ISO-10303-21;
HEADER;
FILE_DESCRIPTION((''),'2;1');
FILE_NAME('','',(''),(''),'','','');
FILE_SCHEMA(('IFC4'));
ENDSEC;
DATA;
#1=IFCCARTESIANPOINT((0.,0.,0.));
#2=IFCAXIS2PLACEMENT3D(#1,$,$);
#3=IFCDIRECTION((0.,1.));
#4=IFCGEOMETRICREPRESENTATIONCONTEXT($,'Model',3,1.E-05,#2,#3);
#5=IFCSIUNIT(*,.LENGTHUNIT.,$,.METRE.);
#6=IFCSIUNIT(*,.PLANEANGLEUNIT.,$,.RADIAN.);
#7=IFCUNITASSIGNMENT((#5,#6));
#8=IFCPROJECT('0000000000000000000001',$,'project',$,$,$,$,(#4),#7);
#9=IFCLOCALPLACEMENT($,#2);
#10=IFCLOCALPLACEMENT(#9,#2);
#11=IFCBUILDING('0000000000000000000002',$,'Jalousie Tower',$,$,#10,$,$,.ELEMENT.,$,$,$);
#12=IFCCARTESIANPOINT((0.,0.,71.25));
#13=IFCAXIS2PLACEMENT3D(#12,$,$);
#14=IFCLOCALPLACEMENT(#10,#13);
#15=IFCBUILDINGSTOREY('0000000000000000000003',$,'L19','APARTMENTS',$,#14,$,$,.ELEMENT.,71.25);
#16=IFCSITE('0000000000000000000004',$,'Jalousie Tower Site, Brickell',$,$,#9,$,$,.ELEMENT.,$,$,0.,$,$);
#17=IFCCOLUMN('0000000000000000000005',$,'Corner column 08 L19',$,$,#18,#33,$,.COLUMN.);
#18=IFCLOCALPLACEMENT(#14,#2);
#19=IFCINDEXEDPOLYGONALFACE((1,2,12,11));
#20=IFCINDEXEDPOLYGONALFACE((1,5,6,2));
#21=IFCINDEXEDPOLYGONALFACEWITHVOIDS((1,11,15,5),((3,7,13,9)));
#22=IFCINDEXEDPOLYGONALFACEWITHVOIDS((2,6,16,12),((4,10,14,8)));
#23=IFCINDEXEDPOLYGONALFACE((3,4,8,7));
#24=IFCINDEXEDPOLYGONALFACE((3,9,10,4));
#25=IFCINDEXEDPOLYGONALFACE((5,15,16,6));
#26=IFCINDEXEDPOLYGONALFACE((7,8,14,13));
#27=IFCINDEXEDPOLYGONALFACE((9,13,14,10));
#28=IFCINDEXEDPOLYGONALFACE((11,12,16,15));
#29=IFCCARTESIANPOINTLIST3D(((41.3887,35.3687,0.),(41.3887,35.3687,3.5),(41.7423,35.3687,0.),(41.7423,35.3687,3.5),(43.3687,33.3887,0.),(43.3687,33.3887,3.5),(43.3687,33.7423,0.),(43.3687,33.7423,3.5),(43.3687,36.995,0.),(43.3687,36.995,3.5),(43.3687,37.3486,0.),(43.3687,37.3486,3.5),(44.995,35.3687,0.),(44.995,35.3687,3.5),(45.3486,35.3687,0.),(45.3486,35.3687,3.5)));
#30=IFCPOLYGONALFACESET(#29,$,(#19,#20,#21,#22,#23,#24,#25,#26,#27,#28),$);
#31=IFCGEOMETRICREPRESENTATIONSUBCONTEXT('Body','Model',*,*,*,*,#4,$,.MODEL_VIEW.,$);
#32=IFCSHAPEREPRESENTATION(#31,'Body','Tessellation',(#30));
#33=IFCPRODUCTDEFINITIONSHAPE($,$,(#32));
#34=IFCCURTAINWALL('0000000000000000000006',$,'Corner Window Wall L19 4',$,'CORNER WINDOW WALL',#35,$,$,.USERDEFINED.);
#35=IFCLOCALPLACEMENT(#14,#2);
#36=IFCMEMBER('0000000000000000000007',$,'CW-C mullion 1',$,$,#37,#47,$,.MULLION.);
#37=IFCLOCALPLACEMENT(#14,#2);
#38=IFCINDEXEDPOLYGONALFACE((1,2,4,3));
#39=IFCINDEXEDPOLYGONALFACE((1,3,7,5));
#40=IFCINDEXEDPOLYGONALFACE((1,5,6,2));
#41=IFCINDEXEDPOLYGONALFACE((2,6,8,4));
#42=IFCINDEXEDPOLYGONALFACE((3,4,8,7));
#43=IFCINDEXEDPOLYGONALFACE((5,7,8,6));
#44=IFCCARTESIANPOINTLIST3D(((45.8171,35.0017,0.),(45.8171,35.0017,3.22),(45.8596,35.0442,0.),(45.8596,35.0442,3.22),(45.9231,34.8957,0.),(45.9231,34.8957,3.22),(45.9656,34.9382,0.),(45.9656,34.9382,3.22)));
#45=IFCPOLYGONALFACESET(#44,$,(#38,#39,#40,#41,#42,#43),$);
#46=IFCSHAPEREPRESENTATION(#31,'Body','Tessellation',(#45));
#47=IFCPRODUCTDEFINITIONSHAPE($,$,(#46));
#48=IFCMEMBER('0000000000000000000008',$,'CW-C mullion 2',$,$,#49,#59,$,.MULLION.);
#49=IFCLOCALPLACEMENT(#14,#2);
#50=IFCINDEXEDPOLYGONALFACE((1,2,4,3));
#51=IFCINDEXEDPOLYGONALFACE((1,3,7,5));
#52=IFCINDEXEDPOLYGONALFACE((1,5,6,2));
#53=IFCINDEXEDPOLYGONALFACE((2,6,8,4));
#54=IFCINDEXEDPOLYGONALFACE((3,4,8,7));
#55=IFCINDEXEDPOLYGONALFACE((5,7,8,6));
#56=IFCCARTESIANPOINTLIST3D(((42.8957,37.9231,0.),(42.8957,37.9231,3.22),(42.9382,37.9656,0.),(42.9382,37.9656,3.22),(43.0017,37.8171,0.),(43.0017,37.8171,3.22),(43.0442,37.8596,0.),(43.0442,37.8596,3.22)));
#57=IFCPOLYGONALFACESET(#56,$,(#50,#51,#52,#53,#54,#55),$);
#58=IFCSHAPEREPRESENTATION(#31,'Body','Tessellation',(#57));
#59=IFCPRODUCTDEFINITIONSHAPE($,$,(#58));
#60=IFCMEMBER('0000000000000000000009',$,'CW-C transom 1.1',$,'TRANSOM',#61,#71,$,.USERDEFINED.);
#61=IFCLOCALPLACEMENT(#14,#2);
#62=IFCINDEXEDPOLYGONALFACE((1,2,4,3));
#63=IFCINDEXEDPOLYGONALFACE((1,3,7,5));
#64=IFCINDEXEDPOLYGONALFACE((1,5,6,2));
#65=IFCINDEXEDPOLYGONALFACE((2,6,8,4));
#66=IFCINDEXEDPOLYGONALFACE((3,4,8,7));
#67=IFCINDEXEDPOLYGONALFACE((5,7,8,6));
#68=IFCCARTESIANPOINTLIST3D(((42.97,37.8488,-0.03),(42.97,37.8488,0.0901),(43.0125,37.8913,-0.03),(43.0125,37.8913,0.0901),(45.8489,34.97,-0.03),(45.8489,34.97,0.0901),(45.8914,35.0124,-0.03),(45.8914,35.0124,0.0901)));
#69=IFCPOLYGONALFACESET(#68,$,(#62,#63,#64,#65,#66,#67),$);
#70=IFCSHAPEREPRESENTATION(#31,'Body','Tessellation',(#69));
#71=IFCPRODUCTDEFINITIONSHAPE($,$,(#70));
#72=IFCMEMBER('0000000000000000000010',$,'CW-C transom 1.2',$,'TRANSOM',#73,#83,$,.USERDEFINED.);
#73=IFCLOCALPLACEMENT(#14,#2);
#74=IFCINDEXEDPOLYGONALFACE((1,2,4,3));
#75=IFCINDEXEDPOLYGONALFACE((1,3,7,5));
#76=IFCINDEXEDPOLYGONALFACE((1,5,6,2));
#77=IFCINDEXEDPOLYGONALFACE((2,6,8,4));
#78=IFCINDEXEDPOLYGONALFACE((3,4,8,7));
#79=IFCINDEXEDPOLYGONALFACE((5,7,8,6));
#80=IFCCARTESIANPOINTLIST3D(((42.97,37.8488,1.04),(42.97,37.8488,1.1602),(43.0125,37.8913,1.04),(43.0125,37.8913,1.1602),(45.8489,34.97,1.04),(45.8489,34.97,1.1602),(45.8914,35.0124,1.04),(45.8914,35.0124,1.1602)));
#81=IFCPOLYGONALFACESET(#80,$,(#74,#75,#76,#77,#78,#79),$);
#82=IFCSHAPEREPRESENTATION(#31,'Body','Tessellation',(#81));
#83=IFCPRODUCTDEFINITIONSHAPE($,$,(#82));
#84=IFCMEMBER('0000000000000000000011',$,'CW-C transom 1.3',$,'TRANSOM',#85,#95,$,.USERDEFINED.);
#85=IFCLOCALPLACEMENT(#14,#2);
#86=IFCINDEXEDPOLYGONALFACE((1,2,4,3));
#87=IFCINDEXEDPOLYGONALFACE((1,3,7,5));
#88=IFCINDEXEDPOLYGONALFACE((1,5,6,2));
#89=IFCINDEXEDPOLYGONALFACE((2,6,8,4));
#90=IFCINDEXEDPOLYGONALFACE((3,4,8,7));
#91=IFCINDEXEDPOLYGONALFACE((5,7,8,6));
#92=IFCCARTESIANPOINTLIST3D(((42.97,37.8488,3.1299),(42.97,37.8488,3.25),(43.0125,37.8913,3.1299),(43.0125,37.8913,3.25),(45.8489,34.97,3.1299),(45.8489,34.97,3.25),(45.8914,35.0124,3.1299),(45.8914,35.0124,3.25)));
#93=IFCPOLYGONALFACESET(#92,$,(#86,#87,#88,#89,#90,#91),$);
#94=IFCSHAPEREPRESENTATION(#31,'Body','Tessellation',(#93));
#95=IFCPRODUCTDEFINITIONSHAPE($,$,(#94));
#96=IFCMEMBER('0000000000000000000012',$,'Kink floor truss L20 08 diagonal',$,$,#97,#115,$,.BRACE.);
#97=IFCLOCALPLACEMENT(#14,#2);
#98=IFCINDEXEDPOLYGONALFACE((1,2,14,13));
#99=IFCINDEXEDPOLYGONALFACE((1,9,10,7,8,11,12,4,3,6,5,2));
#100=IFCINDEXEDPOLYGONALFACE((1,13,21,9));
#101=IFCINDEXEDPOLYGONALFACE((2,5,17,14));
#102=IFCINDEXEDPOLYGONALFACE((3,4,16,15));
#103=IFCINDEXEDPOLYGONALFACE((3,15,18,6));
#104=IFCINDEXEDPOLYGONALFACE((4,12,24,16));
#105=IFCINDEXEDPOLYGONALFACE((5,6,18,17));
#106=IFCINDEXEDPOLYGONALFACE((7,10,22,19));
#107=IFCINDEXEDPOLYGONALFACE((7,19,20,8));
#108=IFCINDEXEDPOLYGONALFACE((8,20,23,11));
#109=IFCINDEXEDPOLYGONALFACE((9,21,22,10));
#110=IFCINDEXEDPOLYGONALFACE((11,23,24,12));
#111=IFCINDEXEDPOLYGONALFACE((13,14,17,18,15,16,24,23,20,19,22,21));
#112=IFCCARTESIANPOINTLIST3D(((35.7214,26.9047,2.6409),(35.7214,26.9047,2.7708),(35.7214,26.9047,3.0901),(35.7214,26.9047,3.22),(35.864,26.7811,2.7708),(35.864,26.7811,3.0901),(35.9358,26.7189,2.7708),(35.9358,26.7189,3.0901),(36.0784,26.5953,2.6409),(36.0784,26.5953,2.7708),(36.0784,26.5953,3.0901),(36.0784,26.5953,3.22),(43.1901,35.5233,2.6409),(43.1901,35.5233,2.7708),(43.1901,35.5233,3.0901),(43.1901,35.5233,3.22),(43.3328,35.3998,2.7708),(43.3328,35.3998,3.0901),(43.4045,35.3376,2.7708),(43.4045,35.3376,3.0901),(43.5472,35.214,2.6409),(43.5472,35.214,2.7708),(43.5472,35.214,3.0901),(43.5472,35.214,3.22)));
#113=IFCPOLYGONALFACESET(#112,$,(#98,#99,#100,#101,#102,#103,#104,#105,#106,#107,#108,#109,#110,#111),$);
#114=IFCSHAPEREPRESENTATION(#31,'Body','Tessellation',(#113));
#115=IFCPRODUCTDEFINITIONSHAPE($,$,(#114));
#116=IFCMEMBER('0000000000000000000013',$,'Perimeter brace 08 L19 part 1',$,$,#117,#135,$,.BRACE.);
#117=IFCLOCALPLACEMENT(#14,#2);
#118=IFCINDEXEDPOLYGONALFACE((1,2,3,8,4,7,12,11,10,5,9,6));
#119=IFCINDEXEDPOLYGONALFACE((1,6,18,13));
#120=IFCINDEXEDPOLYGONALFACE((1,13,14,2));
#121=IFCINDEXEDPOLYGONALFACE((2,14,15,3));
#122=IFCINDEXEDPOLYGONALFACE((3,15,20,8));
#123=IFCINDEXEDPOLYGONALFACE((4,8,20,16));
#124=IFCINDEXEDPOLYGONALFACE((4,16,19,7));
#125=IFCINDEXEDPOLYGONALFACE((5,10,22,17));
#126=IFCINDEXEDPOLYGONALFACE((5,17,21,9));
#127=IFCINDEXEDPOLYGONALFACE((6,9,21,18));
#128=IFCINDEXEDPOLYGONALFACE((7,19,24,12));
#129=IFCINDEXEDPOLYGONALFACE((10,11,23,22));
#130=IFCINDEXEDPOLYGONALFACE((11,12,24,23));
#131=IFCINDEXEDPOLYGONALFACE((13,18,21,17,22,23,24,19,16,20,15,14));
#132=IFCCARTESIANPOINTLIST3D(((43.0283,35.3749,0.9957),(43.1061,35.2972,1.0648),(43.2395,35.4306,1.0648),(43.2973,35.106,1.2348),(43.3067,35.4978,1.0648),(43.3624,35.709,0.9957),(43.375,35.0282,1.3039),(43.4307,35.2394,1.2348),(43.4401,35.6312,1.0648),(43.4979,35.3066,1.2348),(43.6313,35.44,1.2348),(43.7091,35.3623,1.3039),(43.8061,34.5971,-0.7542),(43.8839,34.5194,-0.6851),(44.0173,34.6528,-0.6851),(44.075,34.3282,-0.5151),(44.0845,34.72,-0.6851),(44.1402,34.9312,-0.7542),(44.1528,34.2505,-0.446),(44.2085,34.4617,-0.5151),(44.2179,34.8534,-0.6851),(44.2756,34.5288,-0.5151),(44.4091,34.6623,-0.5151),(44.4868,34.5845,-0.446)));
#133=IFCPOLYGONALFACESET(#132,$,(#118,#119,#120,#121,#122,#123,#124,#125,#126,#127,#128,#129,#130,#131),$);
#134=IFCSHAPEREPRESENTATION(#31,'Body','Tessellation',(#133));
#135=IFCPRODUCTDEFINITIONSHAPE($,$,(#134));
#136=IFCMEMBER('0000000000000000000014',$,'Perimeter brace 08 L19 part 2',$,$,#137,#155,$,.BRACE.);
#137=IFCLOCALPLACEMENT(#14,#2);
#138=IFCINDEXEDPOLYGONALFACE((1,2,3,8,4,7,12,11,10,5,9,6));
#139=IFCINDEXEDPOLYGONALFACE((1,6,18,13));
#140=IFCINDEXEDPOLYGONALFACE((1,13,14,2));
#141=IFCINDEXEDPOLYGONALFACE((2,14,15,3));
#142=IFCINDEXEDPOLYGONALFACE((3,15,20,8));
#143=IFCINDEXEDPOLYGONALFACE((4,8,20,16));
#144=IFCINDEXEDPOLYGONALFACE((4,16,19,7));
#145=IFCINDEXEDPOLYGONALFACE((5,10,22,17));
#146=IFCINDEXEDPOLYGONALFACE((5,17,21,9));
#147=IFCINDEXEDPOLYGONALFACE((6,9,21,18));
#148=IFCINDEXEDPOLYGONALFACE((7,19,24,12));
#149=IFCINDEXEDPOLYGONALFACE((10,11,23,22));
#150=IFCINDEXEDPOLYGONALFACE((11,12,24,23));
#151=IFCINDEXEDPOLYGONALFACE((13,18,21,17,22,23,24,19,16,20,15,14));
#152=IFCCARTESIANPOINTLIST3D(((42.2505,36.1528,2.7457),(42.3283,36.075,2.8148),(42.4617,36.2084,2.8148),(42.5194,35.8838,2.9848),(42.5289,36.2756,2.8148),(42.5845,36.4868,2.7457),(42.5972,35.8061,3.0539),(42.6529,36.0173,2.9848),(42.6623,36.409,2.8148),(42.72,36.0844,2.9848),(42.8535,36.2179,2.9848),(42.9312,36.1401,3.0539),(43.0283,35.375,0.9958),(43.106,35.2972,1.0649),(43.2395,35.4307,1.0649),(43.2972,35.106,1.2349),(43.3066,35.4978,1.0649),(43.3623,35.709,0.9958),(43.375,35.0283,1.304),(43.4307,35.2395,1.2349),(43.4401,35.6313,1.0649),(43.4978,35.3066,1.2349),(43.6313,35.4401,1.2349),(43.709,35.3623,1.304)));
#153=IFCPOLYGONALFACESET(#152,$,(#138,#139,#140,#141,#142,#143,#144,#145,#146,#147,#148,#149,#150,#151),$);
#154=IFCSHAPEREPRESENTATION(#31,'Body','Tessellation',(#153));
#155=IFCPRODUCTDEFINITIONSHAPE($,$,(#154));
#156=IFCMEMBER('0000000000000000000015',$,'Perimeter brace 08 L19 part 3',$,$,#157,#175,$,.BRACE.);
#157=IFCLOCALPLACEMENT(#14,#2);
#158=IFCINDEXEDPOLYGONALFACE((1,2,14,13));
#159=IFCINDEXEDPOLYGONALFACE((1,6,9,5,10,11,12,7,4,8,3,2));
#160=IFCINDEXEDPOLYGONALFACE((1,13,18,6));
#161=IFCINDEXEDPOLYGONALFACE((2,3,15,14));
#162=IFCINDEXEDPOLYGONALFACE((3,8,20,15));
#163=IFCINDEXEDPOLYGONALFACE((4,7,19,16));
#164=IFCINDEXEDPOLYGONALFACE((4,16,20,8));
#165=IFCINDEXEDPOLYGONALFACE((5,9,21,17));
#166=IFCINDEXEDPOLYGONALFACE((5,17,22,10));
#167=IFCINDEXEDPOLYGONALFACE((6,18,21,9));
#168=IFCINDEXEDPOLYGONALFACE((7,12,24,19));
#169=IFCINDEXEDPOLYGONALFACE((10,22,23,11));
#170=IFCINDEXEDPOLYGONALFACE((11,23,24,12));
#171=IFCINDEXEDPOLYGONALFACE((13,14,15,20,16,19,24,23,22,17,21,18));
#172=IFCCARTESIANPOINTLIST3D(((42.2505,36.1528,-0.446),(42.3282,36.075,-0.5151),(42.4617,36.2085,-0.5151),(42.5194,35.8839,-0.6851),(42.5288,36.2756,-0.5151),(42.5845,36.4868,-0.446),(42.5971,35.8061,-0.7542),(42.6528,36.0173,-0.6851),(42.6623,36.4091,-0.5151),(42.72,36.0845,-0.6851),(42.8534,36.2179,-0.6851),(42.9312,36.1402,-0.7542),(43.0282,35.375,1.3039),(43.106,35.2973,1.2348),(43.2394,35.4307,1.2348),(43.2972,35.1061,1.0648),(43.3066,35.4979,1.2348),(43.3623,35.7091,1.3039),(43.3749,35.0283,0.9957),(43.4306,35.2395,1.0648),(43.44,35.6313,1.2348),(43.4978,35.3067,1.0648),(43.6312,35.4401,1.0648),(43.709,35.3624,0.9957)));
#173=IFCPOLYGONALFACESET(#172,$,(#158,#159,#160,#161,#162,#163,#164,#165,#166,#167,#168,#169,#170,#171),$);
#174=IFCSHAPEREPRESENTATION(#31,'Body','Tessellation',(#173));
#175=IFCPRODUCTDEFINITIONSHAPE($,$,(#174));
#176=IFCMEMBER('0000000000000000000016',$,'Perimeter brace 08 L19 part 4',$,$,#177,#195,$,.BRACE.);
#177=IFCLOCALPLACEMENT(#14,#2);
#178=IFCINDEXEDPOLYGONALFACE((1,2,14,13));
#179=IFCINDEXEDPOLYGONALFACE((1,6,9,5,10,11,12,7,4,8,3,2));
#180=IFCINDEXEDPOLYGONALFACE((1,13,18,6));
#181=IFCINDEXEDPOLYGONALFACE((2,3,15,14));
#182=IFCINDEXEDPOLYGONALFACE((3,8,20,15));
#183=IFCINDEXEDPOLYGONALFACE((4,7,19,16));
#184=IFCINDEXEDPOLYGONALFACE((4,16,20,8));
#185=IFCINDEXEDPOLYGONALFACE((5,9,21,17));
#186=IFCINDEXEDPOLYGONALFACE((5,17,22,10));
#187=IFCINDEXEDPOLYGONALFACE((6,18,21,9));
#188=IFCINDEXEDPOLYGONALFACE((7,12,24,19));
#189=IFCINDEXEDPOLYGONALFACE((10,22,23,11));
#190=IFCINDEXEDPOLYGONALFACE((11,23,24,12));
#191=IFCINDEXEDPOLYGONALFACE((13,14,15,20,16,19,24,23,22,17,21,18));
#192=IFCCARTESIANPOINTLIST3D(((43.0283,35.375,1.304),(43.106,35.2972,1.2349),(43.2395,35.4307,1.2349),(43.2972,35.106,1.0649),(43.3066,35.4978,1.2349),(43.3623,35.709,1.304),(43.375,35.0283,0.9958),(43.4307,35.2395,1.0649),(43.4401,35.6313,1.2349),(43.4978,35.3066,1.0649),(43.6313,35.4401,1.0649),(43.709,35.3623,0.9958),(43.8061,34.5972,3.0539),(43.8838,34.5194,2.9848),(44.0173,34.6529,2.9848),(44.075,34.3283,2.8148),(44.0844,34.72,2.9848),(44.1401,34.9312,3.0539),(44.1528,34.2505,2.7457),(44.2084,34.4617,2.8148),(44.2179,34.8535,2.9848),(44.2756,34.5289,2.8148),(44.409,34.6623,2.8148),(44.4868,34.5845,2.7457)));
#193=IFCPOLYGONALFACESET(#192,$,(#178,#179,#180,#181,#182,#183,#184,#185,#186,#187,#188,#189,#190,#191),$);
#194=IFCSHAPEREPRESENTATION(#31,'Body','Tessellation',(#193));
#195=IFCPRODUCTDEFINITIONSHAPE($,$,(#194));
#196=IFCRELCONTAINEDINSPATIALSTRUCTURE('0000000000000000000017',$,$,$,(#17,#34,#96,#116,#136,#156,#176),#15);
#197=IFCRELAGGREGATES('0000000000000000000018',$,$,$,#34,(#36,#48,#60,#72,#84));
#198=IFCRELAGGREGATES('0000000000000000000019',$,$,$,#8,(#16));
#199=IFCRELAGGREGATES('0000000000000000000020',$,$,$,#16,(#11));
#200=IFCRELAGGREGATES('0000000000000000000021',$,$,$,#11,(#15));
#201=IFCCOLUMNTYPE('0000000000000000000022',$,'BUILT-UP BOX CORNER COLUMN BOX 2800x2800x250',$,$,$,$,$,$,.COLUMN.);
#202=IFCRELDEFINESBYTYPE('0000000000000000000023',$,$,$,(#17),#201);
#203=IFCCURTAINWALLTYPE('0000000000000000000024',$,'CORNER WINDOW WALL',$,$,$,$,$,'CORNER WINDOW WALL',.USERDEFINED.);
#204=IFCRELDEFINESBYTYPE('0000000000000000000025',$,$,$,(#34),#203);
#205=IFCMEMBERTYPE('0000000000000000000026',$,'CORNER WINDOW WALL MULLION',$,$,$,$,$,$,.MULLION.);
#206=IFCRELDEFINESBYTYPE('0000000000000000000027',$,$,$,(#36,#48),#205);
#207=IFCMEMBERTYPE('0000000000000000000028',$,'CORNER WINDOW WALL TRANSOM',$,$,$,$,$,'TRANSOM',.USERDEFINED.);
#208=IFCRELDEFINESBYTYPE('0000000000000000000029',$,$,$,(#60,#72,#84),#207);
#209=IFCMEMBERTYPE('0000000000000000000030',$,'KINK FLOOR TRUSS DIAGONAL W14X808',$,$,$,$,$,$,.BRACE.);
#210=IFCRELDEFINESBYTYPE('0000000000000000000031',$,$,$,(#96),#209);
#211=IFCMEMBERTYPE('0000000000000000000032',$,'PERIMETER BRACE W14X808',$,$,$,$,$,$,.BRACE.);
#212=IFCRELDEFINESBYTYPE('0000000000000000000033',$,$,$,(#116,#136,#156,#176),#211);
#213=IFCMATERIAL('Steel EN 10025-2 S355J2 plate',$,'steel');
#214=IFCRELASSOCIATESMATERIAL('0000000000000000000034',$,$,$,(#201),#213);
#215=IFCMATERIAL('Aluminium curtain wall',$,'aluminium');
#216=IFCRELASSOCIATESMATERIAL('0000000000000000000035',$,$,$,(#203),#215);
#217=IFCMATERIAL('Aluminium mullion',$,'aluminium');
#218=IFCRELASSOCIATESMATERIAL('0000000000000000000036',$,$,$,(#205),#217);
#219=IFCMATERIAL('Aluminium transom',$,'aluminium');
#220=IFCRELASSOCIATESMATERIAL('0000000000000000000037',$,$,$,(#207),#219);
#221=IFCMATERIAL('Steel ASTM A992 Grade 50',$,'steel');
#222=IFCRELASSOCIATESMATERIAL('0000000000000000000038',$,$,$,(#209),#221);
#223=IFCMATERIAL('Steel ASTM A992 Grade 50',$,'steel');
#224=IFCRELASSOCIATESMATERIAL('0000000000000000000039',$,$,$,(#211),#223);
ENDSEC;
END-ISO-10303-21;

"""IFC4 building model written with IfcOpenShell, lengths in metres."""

from ifc_helpers import new_model, si_unit, direction, frame, origin, origin_2d, place, context, subcontext, project, spatial, rectangle, hollow_rectangle, i_section, extrude, material, material_profile, profile_set, type_object, element, aggregate, save


model = new_model("IFC4")

# Units and contexts
model_context = context("Model", 3, precision=1e-05, world=origin(), true_north=direction((0.0, 1.0)))
body_context = subcontext(model_context, "Body", "Model", "MODEL_VIEW")
ifc_project = project(units=[si_unit("LENGTHUNIT", "METRE"), si_unit("PLANEANGLEUNIT", "RADIAN")], contexts=[model_context])

# Site, building, storey
site_placement = place(None, origin())
site = spatial("IfcSite", under=ifc_project, at=site_placement, Name="Jalousie Tower Site, Brickell", CompositionType="ELEMENT", RefElevation=0.0)
building_placement = place(site_placement, origin())
building = spatial("IfcBuilding", under=site, at=building_placement, Name="Jalousie Tower", CompositionType="ELEMENT")
storey_placement = place(building_placement, frame((0.0, 0.0, 71.25)))
storey = spatial("IfcBuildingStorey", under=building, at=storey_placement, Name="L19", Description="APARTMENTS", CompositionType="ELEMENT", Elevation=71.25)

# Column
ifc_material_1 = material(Name="Steel EN 10025-2 S355J2 plate", Category="steel")
ifc_material_profile_1 = material_profile(ifc_material_1, hollow_rectangle(XDim=2.8, YDim=2.8, WallThickness=0.25, at=origin_2d()), Name="BOX 2800x2800x250")
ifc_profile_set_1 = profile_set([ifc_material_profile_1], Name="Steel EN 10025-2 S355J2 plate")
column_type = type_object("IfcColumnType", Name="BUILT-UP BOX CORNER COLUMN BOX 2800x2800x250", PredefinedType="COLUMN", material=ifc_profile_set_1)
column_placement = place(storey_placement, frame((43.3687, 35.3687, 0.0), z_axis=(0.0, 0.0, 1.0), x_axis=(-0.707107, -0.707107, 0.0)))
element("IfcColumn", 1, at=column_placement, inside=storey, type_object=column_type, Name="Corner column 08 L19", PredefinedType="COLUMN", context=body_context, shape_type="SweptSolid", body=[
    extrude(hollow_rectangle(XDim=2.8, YDim=2.8, WallThickness=0.25, at=origin_2d()), origin(), (0.0, 0.0, 1.0), 3.5),
])

# Curtain wall, members
ifc_material_2 = material(Name="Aluminium curtain wall", Category="aluminium")
curtain_wall_type_1 = type_object("IfcCurtainWallType", Name="CORNER WINDOW WALL", ElementType="CORNER WINDOW WALL", PredefinedType="USERDEFINED", material=ifc_material_2)
curtain_wall_1_placement = place(storey_placement, origin())
curtain_wall_1 = element("IfcCurtainWall", 2, at=curtain_wall_1_placement, inside=storey, type_object=curtain_wall_type_1, Name="Corner Window Wall L19 4", ObjectType="CORNER WINDOW WALL", PredefinedType="USERDEFINED")
ifc_material_3 = material(Name="Aluminium mullion", Category="aluminium")
ifc_material_profile_2 = material_profile(ifc_material_3, rectangle(XDim=0.0601, YDim=0.1499, at=origin_2d()), Name="MULLION 60x150")
ifc_profile_set_2 = profile_set([ifc_material_profile_2], Name="Aluminium mullion")
member_type_1 = type_object("IfcMemberType", Name="CORNER WINDOW WALL MULLION", PredefinedType="MULLION", material=ifc_profile_set_2)
member_1_placement = place(storey_placement, frame((45.8914, 34.97, 0.0), z_axis=(0.0, 0.0, 1.0), x_axis=(-0.707107, -0.707107, 0.0)))
member_1 = element("IfcMember", 3, at=member_1_placement, type_object=member_type_1, Name="CW-C mullion 1", PredefinedType="MULLION", context=body_context, shape_type="SweptSolid", body=[
    extrude(rectangle(XDim=0.0601, YDim=0.1499, at=origin_2d()), origin(), (0.0, 0.0, 1.0), 3.22),
])
member_2_placement = place(storey_placement, frame((42.97, 37.8914, 0.0), z_axis=(0.0, 0.0, 1.0), x_axis=(-0.707107, -0.707107, 0.0)))
member_2 = element("IfcMember", 4, at=member_2_placement, type_object=member_type_1, Name="CW-C mullion 2", PredefinedType="MULLION", context=body_context, shape_type="SweptSolid", body=[
    extrude(rectangle(XDim=0.0601, YDim=0.1499, at=origin_2d()), origin(), (0.0, 0.0, 1.0), 3.22),
])
ifc_material_4 = material(Name="Aluminium transom", Category="aluminium")
ifc_material_profile_3 = material_profile(ifc_material_4, rectangle(XDim=0.0601, YDim=0.1201, at=origin_2d()), Name="TRANSOM 60x120")
ifc_profile_set_3 = profile_set([ifc_material_profile_3], Name="Aluminium transom")
member_type_2 = type_object("IfcMemberType", Name="CORNER WINDOW WALL TRANSOM", ElementType="TRANSOM", PredefinedType="USERDEFINED", material=ifc_profile_set_3)
member_3_placement = place(storey_placement, frame((45.8701, 34.9912, 0.03), z_axis=(-0.707107, 0.707107, 0.0), x_axis=(-0.707107, -0.707107, 0.0)))
member_3 = element("IfcMember", 5, at=member_3_placement, type_object=member_type_2, Name="CW-C transom 1.1", ObjectType="TRANSOM", PredefinedType="USERDEFINED", context=body_context, shape_type="SweptSolid", body=[
    extrude(rectangle(XDim=0.0601, YDim=0.1201, at=origin_2d()), origin(), (0.0, 0.0, 1.0), 4.0713),
])
member_4_placement = place(storey_placement, frame((45.8701, 34.9912, 1.1001), z_axis=(-0.707107, 0.707107, 0.0), x_axis=(-0.707107, -0.707107, 0.0)))
member_4 = element("IfcMember", 6, at=member_4_placement, type_object=member_type_2, Name="CW-C transom 1.2", ObjectType="TRANSOM", PredefinedType="USERDEFINED", context=body_context, shape_type="SweptSolid", body=[
    extrude(rectangle(XDim=0.0601, YDim=0.1201, at=origin_2d()), origin(), (0.0, 0.0, 1.0), 4.0713),
])
member_5_placement = place(storey_placement, frame((45.8701, 34.9912, 3.1899), z_axis=(-0.707107, 0.707107, 0.0), x_axis=(-0.707107, -0.707107, 0.0)))
member_5 = element("IfcMember", 7, at=member_5_placement, type_object=member_type_2, Name="CW-C transom 1.3", ObjectType="TRANSOM", PredefinedType="USERDEFINED", context=body_context, shape_type="SweptSolid", body=[
    extrude(rectangle(XDim=0.0601, YDim=0.1201, at=origin_2d()), origin(), (0.0, 0.0, 1.0), 4.0713),
])

# Members
ifc_material_5 = material(Name="Steel ASTM A992 Grade 50", Category="steel")
ifc_material_profile_4 = material_profile(ifc_material_5, i_section(OverallWidth=0.4724, OverallDepth=0.5791, WebThickness=0.095, FlangeThickness=0.1299, at=origin_2d()), Name="W14X808")
ifc_profile_set_4 = profile_set([ifc_material_profile_4], Name="Steel ASTM A992 Grade 50")
member_type_3 = type_object("IfcMemberType", Name="KINK FLOOR TRUSS DIAGONAL W14X808", PredefinedType="BRACE", material=ifc_profile_set_4)
member_6_placement = place(storey_placement, frame((43.3687, 35.3687, 2.9304), z_axis=(-0.654893, -0.755722, 0.0), x_axis=(0.755722, -0.654893, 0.0)))
element("IfcMember", 8, at=member_6_placement, inside=storey, type_object=member_type_3, Name="Kink floor truss L20 08 diagonal", PredefinedType="BRACE", context=body_context, shape_type="SweptSolid", body=[
    extrude(i_section(OverallWidth=0.4724, OverallDepth=0.5791, WebThickness=0.095, FlangeThickness=0.1299, at=origin_2d()), origin(), (0.0, 0.0, 1.0), 11.4045),
])
ifc_material_6 = material(Name="Steel ASTM A992 Grade 50", Category="steel")
ifc_material_profile_5 = material_profile(ifc_material_6, i_section(OverallWidth=0.4724, OverallDepth=0.5791, WebThickness=0.095, FlangeThickness=0.1299, at=origin_2d()), Name="W14X808")
ifc_profile_set_5 = profile_set([ifc_material_profile_5], Name="Steel ASTM A992 Grade 50")
member_type_4 = type_object("IfcMemberType", Name="PERIMETER BRACE W14X808", PredefinedType="BRACE", material=ifc_profile_set_5)
for number, where, z_axis, x_axis, name in (
    (9, (44.1465, 34.5908, -0.6001), (-0.376307, 0.376307, 0.846632), (-0.707107, -0.707107, 0.0), "Perimeter brace 08 L19 part 1"),
    (10, (43.3687, 35.3687, 1.1499), (-0.376307, 0.376307, 0.846632), (-0.707107, -0.707107, 0.0), "Perimeter brace 08 L19 part 2"),
    (11, (42.5908, 36.1465, -0.6001), (0.376307, -0.376307, 0.846632), (0.707107, 0.707107, 0.0), "Perimeter brace 08 L19 part 3"),
    (12, (43.3687, 35.3687, 1.1499), (0.376307, -0.376307, 0.846632), (0.707107, 0.707107, 0.0), "Perimeter brace 08 L19 part 4"),
):
    element("IfcMember", number, at=place(storey_placement, frame(where, z_axis=z_axis, x_axis=x_axis)), inside=storey, type_object=member_type_4, Name=name, PredefinedType="BRACE", context=body_context, shape_type="SweptSolid", body=[
        extrude(i_section(OverallWidth=0.4724, OverallDepth=0.5791, WebThickness=0.095, FlangeThickness=0.1299, at=origin_2d()), origin(), (0.0, 0.0, 1.0), 2.0669),
    ])

aggregate(curtain_wall_1, [member_1, member_2, member_3, member_4, member_5])

save(model, "model.ifc")
